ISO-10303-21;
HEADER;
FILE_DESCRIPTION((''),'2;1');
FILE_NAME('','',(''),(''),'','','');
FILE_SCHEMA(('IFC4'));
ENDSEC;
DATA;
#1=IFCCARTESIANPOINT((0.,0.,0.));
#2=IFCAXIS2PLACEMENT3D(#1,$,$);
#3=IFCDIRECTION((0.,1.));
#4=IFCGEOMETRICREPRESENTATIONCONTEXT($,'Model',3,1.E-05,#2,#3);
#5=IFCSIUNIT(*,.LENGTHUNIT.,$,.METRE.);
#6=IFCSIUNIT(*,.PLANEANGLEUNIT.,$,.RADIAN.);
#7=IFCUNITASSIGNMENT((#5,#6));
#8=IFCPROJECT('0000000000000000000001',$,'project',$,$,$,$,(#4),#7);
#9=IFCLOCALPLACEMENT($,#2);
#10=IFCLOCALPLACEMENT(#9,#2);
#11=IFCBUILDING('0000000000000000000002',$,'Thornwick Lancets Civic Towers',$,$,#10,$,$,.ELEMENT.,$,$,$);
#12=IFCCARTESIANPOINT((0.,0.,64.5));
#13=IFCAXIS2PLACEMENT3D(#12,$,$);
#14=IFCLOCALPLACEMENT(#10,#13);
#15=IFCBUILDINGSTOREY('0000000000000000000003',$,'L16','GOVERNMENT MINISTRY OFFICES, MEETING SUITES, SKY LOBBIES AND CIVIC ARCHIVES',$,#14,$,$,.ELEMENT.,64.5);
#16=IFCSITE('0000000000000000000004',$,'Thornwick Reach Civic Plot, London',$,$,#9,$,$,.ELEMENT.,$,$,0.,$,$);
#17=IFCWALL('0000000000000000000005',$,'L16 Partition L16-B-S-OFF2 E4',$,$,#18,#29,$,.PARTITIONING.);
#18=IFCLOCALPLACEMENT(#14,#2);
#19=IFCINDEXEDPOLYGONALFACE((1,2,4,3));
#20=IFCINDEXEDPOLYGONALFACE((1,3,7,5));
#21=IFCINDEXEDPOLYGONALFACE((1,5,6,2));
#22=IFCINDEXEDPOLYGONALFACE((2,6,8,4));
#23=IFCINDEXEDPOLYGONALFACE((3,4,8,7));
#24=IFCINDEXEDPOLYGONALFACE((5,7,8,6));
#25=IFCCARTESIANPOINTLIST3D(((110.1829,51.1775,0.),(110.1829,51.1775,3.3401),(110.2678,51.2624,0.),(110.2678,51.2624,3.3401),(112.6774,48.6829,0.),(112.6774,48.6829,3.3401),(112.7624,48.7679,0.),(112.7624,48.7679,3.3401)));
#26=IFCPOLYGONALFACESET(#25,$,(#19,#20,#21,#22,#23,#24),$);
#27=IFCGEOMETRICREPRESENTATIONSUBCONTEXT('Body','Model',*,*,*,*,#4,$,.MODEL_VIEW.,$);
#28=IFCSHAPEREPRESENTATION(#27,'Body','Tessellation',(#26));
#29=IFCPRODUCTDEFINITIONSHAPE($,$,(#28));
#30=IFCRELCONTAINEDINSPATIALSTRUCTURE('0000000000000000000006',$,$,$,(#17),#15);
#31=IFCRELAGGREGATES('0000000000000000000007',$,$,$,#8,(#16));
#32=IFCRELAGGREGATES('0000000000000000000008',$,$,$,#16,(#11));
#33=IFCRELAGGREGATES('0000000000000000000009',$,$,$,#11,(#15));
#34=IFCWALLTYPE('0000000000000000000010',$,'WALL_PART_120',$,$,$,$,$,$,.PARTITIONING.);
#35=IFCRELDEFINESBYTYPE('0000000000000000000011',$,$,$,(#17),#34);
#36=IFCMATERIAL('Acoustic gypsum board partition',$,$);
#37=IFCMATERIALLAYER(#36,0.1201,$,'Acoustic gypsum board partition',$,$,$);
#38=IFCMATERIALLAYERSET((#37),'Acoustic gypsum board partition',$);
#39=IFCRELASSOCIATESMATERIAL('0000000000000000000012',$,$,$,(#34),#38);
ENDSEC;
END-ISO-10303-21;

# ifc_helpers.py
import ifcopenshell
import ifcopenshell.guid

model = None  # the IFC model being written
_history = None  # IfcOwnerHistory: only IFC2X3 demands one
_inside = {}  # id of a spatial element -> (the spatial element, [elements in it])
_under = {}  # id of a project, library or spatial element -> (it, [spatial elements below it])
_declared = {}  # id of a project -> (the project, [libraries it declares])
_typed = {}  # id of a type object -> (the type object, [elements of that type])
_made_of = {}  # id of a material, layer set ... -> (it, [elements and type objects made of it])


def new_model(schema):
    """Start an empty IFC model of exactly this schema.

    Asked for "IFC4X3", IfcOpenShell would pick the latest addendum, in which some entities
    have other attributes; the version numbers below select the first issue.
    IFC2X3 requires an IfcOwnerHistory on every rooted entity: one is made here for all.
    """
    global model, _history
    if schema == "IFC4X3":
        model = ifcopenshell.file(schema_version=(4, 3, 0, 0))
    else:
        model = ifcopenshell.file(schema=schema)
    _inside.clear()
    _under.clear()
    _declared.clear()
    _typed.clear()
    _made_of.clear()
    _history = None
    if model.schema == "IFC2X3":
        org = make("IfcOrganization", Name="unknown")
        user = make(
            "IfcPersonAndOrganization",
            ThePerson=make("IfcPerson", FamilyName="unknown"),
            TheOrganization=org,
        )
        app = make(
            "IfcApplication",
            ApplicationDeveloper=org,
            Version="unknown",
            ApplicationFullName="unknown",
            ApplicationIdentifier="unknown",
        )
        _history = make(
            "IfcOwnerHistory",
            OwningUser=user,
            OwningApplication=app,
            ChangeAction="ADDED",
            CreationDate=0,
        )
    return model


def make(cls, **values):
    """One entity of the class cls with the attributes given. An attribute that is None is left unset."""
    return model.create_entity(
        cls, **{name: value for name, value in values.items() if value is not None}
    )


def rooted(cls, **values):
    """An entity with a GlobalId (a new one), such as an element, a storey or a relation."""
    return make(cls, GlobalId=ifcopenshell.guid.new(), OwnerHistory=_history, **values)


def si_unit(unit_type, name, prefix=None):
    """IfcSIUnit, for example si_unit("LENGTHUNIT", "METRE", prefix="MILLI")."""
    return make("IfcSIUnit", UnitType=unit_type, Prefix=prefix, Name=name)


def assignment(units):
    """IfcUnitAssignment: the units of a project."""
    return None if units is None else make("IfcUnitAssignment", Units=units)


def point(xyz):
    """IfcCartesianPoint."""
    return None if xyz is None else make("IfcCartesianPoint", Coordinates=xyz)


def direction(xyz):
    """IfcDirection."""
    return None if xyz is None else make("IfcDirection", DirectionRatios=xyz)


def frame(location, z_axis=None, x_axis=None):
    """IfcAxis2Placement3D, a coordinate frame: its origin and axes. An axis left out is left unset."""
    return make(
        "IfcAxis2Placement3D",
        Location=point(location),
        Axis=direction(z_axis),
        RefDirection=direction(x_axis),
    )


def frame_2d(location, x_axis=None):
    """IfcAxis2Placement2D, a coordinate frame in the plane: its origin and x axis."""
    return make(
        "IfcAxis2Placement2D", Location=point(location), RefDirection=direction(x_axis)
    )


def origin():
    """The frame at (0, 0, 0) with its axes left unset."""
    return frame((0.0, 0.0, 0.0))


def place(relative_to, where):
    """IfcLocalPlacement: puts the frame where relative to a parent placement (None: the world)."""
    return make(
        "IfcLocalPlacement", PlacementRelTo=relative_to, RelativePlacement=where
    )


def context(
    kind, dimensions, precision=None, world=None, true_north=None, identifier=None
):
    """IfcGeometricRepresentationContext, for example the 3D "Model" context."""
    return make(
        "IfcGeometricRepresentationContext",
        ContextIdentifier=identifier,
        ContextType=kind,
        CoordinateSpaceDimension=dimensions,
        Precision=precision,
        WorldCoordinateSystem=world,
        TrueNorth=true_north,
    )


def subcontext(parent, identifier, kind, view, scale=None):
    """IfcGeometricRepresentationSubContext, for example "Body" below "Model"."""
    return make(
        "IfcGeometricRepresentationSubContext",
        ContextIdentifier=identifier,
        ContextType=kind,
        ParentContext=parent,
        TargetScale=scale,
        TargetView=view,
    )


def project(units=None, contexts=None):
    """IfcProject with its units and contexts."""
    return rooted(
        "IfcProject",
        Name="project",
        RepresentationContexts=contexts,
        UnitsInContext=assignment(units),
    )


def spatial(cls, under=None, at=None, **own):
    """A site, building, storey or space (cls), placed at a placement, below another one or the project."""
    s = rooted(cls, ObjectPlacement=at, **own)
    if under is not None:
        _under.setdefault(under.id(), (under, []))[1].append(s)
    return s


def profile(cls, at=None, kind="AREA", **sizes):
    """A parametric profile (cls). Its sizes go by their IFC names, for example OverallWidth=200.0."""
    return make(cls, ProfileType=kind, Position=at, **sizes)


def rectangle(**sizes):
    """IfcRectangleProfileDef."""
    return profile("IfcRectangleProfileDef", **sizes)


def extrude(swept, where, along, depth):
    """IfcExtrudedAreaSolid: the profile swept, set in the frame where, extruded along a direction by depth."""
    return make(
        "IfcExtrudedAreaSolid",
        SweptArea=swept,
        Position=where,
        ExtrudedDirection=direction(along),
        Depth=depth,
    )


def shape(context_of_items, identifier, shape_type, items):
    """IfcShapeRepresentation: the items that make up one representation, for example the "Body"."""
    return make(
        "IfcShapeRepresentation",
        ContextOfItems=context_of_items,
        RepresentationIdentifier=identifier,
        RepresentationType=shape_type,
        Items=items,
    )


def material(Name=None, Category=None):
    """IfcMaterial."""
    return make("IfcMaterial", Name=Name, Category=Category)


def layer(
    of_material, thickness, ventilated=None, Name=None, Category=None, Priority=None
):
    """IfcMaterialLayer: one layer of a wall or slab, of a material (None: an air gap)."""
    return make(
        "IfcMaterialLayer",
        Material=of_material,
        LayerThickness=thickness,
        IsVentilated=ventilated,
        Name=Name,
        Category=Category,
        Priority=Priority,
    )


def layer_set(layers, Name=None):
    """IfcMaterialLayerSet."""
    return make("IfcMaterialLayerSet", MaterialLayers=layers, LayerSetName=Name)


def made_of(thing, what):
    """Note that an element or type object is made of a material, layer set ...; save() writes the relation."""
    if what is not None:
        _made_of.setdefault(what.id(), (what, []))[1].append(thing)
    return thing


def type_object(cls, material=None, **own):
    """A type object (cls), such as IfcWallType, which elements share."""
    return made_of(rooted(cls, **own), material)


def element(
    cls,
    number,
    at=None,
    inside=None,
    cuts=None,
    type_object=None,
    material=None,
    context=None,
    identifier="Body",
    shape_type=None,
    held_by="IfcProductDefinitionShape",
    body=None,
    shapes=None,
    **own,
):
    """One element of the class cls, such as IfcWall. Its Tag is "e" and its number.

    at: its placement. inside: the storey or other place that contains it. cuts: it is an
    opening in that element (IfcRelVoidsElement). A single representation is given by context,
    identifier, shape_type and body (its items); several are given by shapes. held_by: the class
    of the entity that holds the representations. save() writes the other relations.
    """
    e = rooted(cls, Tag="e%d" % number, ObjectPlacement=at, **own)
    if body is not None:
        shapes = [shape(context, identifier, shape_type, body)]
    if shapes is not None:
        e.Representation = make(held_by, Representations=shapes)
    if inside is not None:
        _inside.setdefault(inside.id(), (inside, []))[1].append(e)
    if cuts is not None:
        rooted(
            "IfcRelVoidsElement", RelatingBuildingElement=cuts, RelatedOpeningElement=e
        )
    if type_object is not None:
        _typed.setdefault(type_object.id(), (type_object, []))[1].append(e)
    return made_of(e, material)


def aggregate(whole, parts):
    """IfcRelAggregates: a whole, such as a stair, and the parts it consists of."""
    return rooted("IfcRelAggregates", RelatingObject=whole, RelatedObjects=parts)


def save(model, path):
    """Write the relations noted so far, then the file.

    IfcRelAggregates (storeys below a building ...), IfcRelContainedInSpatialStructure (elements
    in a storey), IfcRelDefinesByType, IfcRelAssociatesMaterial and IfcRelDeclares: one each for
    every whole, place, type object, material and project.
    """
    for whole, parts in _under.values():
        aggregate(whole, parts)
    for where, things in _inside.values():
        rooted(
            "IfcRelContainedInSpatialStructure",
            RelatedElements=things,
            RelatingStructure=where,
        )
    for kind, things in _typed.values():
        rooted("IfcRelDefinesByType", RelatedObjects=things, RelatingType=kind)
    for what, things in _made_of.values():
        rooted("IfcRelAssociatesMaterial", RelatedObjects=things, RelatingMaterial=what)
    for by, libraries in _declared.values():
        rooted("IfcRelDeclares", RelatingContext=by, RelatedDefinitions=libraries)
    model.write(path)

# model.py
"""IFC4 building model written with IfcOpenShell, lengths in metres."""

from ifc_helpers import new_model, si_unit, direction, frame, frame_2d, origin, place, context, subcontext, project, spatial, rectangle, extrude, material, layer, layer_set, type_object, element, save


model = new_model("IFC4")

# Units and contexts
model_context = context("Model", 3, precision=1e-05, world=origin(), true_north=direction((0.0, 1.0)))
body_context = subcontext(model_context, "Body", "Model", "MODEL_VIEW")
ifc_project = project(units=[si_unit("LENGTHUNIT", "METRE"), si_unit("PLANEANGLEUNIT", "RADIAN")], contexts=[model_context])

# Site, building, storey
site_placement = place(None, origin())
site = spatial("IfcSite", under=ifc_project, at=site_placement, Name="Thornwick Reach Civic Plot, London", CompositionType="ELEMENT", RefElevation=0.0)
building_placement = place(site_placement, origin())
building = spatial("IfcBuilding", under=site, at=building_placement, Name="Thornwick Lancets Civic Towers", CompositionType="ELEMENT")
storey_placement = place(building_placement, frame((0.0, 0.0, 64.5)))
storey = spatial("IfcBuildingStorey", under=building, at=storey_placement, Name="L16", Description="GOVERNMENT MINISTRY OFFICES, MEETING SUITES, SKY LOBBIES AND CIVIC ARCHIVES", CompositionType="ELEMENT", Elevation=64.5)

# Wall
ifc_material_1 = material(Name="Acoustic gypsum board partition")
ifc_layer_1 = layer(ifc_material_1, 0.1201, Name="Acoustic gypsum board partition")
ifc_layer_set_1 = layer_set([ifc_layer_1], Name="Acoustic gypsum board partition")
wall_type_1 = type_object("IfcWallType", Name="WALL_PART_120", PredefinedType="PARTITIONING", material=ifc_layer_set_1)
wall_1_placement = place(storey_placement, frame((110.2253, 51.22, 0.0), z_axis=(0.0, 0.0, 1.0), x_axis=(0.707107, -0.707107, 0.0)))
element("IfcWall", 1, at=wall_1_placement, inside=storey, type_object=wall_type_1, Name="L16 Partition L16-B-S-OFF2 E4", PredefinedType="PARTITIONING", context=body_context, shape_type="SweptSolid", body=[
    extrude(rectangle(XDim=3.5278, YDim=0.1201, at=frame_2d((1.7639, 0.0))), origin(), (0.0, 0.0, 1.0), 3.3401),
])

save(model, "model.ifc")
